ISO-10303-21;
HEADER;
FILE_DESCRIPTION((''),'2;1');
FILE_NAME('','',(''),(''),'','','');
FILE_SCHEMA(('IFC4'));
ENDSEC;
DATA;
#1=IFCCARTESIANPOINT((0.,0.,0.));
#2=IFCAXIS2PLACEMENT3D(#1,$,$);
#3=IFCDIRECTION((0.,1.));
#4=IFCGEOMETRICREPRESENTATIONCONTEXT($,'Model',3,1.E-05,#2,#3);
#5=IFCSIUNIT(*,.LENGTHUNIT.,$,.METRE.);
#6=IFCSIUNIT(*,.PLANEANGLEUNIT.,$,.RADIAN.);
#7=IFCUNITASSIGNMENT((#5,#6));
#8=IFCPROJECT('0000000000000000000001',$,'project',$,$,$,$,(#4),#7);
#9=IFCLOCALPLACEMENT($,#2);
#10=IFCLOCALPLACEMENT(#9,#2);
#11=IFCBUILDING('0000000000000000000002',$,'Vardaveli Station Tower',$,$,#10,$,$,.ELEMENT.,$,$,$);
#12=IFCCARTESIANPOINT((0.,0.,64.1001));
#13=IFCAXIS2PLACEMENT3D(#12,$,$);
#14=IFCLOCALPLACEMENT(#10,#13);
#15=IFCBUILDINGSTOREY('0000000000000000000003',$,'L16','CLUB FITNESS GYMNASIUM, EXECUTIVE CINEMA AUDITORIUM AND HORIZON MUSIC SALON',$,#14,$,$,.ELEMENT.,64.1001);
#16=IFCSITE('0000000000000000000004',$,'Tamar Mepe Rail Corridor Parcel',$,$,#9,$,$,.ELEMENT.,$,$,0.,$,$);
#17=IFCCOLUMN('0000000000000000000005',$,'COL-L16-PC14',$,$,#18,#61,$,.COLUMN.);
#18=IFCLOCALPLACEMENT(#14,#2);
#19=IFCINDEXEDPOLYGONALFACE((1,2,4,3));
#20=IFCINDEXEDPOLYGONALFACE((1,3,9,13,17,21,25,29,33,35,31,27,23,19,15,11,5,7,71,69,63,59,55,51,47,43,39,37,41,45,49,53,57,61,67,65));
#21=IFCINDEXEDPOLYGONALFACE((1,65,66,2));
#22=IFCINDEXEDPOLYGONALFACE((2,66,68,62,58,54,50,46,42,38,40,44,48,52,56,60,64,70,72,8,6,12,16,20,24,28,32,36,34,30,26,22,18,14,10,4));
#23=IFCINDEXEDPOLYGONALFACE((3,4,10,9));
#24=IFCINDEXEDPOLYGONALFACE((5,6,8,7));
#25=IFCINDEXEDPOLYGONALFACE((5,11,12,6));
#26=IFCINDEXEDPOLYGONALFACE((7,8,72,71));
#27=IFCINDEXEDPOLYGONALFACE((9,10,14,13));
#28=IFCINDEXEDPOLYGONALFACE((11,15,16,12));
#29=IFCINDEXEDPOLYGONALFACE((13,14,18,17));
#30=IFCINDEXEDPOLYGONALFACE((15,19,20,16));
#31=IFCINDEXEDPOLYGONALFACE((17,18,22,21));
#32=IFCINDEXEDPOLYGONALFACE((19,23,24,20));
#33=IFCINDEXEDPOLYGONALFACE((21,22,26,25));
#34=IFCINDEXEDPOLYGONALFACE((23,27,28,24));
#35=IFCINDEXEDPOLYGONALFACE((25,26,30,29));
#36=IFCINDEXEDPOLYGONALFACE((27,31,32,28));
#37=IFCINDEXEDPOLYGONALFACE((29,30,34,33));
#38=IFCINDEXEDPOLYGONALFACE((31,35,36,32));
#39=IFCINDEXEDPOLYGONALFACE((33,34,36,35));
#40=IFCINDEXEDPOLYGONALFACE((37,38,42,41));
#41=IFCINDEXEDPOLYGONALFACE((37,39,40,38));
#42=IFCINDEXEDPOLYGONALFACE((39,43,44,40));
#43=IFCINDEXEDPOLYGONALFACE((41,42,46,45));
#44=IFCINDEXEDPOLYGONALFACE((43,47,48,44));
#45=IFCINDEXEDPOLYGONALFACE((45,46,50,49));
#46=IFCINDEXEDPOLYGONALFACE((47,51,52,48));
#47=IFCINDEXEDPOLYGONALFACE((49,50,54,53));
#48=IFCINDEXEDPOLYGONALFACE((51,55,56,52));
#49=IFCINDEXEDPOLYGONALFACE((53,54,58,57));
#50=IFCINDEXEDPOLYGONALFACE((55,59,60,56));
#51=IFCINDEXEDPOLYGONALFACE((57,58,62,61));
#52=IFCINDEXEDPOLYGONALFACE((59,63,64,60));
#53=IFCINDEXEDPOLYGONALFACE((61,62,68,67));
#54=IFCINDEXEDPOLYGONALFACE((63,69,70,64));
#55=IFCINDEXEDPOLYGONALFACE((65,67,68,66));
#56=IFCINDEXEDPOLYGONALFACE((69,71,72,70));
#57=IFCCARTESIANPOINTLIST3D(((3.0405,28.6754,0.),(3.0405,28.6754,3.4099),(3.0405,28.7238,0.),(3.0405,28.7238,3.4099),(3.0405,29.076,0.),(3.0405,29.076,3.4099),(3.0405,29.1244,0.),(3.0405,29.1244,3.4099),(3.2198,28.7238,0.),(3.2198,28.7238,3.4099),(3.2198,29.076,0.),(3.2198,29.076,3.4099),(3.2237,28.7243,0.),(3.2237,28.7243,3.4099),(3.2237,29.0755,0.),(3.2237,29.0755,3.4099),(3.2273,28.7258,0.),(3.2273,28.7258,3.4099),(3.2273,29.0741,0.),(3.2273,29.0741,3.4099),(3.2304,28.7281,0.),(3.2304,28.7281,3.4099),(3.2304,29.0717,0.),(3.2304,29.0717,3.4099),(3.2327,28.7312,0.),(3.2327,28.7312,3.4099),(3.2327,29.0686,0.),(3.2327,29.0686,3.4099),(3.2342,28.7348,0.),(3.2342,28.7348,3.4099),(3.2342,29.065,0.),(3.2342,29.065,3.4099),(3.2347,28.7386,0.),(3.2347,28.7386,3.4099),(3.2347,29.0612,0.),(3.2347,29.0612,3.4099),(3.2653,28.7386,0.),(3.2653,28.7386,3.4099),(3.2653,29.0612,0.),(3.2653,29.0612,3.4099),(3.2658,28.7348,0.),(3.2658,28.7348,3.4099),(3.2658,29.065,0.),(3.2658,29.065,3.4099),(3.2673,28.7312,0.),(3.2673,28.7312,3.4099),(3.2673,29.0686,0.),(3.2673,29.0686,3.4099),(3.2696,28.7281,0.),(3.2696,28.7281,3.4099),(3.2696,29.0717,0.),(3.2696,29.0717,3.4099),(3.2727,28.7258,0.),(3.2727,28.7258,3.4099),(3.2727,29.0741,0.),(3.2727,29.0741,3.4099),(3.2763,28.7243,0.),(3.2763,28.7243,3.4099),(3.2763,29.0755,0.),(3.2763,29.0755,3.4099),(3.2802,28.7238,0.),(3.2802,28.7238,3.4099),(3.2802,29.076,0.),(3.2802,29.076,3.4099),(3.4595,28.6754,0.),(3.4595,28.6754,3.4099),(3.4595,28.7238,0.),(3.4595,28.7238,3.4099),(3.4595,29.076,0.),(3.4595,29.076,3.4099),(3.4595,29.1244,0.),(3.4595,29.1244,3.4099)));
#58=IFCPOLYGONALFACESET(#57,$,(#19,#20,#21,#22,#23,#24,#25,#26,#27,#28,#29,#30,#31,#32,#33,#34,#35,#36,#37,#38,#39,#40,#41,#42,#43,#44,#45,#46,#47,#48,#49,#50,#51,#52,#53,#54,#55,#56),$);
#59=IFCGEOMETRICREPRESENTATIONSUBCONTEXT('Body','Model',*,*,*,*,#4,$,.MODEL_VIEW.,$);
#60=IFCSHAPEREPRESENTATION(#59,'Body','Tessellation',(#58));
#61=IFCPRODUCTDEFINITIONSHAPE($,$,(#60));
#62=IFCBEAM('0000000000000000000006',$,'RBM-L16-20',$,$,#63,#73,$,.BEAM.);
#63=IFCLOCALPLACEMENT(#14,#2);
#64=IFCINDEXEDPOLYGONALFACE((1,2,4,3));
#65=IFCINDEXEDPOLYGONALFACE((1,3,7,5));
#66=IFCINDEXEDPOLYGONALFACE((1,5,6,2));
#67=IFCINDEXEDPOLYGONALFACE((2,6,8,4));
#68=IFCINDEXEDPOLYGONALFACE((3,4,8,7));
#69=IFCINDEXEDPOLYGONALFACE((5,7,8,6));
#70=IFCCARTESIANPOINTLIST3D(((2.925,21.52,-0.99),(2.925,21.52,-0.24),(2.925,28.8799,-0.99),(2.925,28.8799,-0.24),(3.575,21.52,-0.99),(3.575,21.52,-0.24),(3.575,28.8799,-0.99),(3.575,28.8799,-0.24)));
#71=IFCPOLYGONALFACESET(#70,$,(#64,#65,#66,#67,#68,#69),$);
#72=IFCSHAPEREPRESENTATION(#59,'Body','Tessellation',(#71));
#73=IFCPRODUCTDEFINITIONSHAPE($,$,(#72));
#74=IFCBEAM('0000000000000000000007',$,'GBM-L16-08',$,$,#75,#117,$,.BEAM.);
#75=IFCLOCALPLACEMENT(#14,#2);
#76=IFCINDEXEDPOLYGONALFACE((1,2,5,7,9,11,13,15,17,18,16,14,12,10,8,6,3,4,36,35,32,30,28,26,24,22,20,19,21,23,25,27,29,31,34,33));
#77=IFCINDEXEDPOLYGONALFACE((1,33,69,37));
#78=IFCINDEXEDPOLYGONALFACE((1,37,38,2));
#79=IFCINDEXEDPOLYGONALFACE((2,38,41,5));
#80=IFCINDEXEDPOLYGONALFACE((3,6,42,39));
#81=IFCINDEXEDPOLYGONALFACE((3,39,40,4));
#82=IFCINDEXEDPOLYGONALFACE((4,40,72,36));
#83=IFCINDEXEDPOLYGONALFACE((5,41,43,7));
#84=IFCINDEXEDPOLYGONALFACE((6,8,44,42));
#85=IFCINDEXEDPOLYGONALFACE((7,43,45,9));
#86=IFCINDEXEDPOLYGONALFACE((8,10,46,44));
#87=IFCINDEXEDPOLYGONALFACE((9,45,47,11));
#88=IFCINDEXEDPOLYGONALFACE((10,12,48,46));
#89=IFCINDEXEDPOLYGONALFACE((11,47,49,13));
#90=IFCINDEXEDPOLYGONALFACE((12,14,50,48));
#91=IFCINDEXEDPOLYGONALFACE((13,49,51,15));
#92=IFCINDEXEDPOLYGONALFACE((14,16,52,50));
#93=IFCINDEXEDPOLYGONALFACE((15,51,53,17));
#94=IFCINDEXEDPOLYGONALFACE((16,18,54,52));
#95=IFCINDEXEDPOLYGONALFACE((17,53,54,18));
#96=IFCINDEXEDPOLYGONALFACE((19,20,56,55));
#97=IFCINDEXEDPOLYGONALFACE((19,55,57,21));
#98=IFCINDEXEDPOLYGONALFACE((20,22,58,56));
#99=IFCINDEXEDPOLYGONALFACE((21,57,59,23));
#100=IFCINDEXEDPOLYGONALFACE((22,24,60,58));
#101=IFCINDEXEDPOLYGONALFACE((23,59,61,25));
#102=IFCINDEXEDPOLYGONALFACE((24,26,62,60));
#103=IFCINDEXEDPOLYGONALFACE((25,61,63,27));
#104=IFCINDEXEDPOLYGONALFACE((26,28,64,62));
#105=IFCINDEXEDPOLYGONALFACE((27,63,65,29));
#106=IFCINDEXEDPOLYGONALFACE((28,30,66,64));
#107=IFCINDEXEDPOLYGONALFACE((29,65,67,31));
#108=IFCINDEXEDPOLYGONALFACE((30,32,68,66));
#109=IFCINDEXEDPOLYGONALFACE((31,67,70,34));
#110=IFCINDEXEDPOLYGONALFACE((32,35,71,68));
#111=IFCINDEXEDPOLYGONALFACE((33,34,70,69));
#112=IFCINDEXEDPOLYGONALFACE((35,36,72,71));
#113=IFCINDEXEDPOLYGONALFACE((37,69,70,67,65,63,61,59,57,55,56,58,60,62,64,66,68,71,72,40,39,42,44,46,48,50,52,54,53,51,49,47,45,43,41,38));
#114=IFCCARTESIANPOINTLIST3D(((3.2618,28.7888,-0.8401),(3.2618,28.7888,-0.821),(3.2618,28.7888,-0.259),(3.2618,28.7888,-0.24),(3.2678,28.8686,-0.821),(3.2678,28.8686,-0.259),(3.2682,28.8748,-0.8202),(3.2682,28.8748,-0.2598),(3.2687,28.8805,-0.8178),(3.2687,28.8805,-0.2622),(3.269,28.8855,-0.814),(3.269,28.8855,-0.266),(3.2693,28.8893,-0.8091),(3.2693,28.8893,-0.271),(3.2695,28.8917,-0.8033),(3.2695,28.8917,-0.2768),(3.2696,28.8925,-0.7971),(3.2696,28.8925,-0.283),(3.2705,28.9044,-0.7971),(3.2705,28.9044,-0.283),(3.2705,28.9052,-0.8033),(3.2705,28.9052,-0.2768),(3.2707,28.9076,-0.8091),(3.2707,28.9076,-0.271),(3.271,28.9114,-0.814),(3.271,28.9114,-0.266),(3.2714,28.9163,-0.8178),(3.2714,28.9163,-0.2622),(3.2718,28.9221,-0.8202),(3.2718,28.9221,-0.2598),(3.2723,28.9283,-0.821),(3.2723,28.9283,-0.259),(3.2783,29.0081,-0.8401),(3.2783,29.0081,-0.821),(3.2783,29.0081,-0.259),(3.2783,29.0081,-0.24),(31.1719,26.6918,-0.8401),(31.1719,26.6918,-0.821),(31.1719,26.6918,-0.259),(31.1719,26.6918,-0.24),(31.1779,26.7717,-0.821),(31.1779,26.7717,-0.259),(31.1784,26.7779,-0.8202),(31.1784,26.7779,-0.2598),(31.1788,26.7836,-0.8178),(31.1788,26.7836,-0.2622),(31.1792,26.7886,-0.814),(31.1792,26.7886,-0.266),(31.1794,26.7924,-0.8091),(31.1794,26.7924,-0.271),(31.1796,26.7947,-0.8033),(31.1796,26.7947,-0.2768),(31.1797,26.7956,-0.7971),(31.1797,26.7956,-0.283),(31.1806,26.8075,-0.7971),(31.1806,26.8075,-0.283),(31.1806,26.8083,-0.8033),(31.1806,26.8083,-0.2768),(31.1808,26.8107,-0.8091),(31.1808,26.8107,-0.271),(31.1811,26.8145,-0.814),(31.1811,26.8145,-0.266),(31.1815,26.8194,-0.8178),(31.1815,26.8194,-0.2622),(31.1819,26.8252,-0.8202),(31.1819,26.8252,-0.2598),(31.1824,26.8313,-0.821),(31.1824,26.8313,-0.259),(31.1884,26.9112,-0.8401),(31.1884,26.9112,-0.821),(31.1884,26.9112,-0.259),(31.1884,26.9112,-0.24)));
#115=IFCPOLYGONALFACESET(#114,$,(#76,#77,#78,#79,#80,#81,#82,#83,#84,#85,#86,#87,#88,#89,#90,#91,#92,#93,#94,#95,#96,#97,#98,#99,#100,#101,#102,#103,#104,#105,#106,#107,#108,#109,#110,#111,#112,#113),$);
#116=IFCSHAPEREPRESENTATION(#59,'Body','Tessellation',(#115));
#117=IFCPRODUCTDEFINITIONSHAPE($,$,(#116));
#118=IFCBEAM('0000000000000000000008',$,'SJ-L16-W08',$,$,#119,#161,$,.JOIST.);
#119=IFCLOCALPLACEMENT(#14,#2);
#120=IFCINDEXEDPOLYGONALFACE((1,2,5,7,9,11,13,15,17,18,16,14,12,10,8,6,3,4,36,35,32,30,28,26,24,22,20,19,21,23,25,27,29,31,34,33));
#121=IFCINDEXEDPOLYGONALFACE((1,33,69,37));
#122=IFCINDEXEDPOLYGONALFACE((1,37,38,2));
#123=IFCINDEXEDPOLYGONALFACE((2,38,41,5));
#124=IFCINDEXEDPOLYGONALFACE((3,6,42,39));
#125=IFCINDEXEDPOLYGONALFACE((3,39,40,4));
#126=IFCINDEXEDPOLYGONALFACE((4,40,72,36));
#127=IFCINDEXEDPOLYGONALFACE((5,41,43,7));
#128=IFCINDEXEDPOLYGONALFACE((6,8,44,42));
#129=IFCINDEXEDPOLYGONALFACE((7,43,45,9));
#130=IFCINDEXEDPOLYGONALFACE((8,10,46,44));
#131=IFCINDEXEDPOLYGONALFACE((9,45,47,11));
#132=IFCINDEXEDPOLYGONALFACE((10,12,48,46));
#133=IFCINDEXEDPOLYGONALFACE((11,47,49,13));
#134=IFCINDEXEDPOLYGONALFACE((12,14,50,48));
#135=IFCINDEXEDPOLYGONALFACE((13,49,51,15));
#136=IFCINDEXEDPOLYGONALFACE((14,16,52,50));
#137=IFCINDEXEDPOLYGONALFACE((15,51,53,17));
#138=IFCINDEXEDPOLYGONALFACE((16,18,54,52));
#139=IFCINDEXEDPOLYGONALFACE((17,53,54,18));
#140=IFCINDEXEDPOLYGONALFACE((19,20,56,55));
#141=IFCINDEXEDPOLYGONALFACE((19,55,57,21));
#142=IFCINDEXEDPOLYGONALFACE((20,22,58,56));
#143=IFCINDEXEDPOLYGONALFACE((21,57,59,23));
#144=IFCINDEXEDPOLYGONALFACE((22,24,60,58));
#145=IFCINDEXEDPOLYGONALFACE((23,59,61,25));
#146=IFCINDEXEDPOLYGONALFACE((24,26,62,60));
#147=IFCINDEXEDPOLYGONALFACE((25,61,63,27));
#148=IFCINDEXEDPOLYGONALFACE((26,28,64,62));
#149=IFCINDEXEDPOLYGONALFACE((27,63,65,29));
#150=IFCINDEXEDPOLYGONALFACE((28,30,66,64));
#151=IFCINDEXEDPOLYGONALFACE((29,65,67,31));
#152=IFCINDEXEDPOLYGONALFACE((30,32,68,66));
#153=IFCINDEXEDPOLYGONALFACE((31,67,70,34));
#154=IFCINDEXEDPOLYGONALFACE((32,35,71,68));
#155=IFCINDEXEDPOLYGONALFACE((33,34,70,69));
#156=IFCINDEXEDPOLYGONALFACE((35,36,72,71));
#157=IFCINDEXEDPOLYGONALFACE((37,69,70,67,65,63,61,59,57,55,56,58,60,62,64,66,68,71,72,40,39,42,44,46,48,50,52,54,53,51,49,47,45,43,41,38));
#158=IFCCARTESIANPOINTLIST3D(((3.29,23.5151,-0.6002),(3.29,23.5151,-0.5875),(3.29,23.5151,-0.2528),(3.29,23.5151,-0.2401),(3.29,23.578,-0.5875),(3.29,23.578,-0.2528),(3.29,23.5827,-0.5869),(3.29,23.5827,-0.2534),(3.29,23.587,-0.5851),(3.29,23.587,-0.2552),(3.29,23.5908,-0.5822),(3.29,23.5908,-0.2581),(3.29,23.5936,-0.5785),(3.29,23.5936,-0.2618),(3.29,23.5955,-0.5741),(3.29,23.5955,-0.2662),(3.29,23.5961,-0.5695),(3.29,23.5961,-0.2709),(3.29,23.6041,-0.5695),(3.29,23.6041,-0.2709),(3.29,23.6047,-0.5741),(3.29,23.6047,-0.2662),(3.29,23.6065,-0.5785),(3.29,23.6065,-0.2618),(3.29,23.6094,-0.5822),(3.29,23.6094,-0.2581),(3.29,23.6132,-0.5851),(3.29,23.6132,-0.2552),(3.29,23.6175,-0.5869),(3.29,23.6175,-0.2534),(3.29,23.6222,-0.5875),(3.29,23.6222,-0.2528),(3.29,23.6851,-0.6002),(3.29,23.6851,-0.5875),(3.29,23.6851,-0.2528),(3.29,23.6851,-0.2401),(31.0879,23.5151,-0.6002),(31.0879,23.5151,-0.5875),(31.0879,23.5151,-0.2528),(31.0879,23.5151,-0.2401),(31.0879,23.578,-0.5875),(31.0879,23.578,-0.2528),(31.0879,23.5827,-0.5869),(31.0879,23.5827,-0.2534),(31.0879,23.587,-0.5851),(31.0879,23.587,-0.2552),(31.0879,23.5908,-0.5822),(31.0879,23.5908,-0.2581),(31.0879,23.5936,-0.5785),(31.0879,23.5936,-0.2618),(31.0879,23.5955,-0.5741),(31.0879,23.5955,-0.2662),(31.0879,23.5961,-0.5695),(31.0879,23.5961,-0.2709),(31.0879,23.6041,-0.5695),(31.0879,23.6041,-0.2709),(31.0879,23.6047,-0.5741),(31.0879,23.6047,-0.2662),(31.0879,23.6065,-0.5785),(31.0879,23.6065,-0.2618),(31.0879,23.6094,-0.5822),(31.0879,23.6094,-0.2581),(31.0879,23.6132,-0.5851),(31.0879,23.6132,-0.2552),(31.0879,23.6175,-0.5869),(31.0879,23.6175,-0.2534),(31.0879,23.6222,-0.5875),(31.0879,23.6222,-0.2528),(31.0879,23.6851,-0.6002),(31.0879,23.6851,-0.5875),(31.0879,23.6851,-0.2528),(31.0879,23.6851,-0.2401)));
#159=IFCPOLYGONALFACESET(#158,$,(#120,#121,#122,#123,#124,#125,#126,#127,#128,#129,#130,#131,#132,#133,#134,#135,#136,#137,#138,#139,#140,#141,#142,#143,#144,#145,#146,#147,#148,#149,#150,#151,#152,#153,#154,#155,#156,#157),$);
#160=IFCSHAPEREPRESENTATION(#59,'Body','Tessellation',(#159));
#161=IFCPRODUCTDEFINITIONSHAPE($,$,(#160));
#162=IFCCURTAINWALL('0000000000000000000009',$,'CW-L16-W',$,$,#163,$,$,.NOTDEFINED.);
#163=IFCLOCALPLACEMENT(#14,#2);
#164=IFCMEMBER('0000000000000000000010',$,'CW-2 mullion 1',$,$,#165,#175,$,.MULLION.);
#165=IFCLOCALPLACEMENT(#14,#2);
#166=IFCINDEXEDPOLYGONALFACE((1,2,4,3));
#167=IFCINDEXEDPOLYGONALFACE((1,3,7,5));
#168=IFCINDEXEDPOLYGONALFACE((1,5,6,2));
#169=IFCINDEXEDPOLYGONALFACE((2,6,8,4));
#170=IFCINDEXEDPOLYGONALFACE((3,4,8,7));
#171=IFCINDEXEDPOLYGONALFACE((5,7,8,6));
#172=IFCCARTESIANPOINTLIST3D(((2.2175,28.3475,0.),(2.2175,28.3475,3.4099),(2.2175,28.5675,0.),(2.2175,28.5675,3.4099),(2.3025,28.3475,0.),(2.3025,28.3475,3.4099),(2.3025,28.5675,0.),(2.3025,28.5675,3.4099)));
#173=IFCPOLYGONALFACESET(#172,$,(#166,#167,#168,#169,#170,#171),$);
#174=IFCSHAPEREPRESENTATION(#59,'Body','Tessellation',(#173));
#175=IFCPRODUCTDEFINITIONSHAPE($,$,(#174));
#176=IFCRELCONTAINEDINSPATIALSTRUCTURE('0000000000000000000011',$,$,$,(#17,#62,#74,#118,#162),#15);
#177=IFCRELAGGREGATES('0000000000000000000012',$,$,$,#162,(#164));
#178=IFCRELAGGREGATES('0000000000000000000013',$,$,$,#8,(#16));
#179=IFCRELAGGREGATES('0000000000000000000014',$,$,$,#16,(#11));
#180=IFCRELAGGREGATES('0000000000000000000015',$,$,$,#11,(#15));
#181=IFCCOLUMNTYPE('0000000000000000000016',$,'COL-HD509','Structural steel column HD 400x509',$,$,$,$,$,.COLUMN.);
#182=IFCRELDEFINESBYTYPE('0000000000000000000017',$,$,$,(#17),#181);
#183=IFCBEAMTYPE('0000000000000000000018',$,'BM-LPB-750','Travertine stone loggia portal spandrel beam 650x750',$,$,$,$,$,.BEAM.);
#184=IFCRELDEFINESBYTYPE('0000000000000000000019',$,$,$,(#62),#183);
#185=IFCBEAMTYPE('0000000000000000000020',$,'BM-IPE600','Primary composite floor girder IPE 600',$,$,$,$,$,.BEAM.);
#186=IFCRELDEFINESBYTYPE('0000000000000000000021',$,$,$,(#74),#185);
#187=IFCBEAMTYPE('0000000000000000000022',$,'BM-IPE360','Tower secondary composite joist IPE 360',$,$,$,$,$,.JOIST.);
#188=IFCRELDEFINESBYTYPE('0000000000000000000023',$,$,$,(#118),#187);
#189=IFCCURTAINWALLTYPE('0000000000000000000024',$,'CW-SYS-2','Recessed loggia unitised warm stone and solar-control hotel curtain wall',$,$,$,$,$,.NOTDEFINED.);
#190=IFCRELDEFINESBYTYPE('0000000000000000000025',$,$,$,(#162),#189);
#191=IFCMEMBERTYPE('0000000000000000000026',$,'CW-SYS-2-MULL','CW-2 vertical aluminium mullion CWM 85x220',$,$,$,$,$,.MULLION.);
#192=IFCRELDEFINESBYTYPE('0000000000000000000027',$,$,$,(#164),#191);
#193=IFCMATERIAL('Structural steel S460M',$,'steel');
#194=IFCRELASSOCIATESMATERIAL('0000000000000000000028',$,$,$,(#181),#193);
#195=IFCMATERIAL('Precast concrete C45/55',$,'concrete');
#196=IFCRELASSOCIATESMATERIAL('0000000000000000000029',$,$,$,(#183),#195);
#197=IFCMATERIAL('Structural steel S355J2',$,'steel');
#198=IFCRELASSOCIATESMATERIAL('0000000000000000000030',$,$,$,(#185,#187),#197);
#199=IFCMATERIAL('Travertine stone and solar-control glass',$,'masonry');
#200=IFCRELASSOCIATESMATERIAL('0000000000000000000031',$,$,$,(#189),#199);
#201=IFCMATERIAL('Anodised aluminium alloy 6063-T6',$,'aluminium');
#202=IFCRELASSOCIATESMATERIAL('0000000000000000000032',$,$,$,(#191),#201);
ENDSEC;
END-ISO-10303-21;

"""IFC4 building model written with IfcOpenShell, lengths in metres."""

from ifc_helpers import new_model, si_unit, direction, frame, origin, origin_2d, place, context, subcontext, project, spatial, rectangle, i_section, extrude, source, transform, mapped, material, material_profile, profile_set, type_object, element, aggregate, save


model = new_model("IFC4")

# Units and contexts
model_context = context("Model", 3, precision=1e-05, world=origin(), true_north=direction((0.0, 1.0)))
body_context = subcontext(model_context, "Body", "Model", "MODEL_VIEW")
ifc_project = project(units=[si_unit("LENGTHUNIT", "METRE"), si_unit("PLANEANGLEUNIT", "RADIAN")], contexts=[model_context])

# Site, building, storey
site_placement = place(None, origin())
site = spatial("IfcSite", under=ifc_project, at=site_placement, Name="Tamar Mepe Rail Corridor Parcel", CompositionType="ELEMENT", RefElevation=0.0)
building_placement = place(site_placement, origin())
building = spatial("IfcBuilding", under=site, at=building_placement, Name="Vardaveli Station Tower", CompositionType="ELEMENT")
storey_placement = place(building_placement, frame((0.0, 0.0, 64.1001)))
storey = spatial("IfcBuildingStorey", under=building, at=storey_placement, Name="L16", Description="CLUB FITNESS GYMNASIUM, EXECUTIVE CINEMA AUDITORIUM AND HORIZON MUSIC SALON", CompositionType="ELEMENT", Elevation=64.1001)

# Column
ifc_material_1 = material(Name="Structural steel S460M", Category="steel")
ifc_material_profile_1 = material_profile(ifc_material_1, i_section(OverallWidth=0.4189, OverallDepth=0.449, WebThickness=0.0305, FlangeThickness=0.0483, FilletRadius=0.0149, at=origin_2d()), Name="HD 400x509")
ifc_profile_set_1 = profile_set([ifc_material_profile_1], Name="Structural steel S460M")
column_type = type_object("IfcColumnType", Name="COL-HD509", Description="Structural steel column HD 400x509", PredefinedType="COLUMN", material=ifc_profile_set_1)
shared_shape_1 = source(origin(), body_context, "Body", "SweptSolid", [
    extrude(i_section(OverallWidth=0.4189, OverallDepth=0.449, WebThickness=0.0305, FlangeThickness=0.0483, FilletRadius=0.0149, at=origin_2d()), origin(), (0.0, 0.0, 1.0), 3.4099),
])
column_placement = place(storey_placement, frame((3.25, 28.8999, 0.0), z_axis=(0.0, 0.0, 1.0), x_axis=(1.0, 0.0, 0.0)))
element("IfcColumn", 1, at=column_placement, inside=storey, type_object=column_type, Name="COL-L16-PC14", PredefinedType="COLUMN", context=body_context, shape_type="MappedRepresentation", body=[
    mapped(shared_shape_1, transform((0.0, 0.0, 0.0), scale=1.0)),
])

# Beams
ifc_material_2 = material(Name="Precast concrete C45/55", Category="concrete")
ifc_material_profile_2 = material_profile(ifc_material_2, rectangle(XDim=0.6499, YDim=0.75, at=origin_2d()), Name="LPB 650x750")
ifc_profile_set_2 = profile_set([ifc_material_profile_2], Name="Precast concrete C45/55")
beam_type_1 = type_object("IfcBeamType", Name="BM-LPB-750", Description="Travertine stone loggia portal spandrel beam 650x750", PredefinedType="BEAM", material=ifc_profile_set_2)
shared_shape_2 = source(origin(), body_context, "Body", "SweptSolid", [
    extrude(rectangle(XDim=0.6499, YDim=0.75, at=origin_2d()), origin(), (0.0, 0.0, 1.0), 7.3599),
])
beam_1_placement = place(storey_placement, frame((3.25, 28.8799, -0.615), z_axis=(0.0, -1.0, 0.0), x_axis=(1.0, 0.0, 0.0)))
element("IfcBeam", 2, at=beam_1_placement, inside=storey, type_object=beam_type_1, Name="RBM-L16-20", PredefinedType="BEAM", context=body_context, shape_type="MappedRepresentation", body=[
    mapped(shared_shape_2, transform((0.0, 0.0, 0.0), scale=1.0)),
])
ifc_material_3 = material(Name="Structural steel S355J2", Category="steel")
ifc_material_profile_3 = material_profile(ifc_material_3, i_section(OverallWidth=0.22, OverallDepth=0.6001, WebThickness=0.012, FlangeThickness=0.019, FilletRadius=0.0239, at=origin_2d()), Name="IPE 600")
ifc_profile_set_3 = profile_set([ifc_material_profile_3], Name="Structural steel S355J2")
beam_type_2 = type_object("IfcBeamType", Name="BM-IPE600", Description="Primary composite floor girder IPE 600", PredefinedType="BEAM", material=ifc_profile_set_3)
shared_shape_3 = source(origin(), body_context, "Body", "SweptSolid", [
    extrude(i_section(OverallWidth=0.22, OverallDepth=0.6001, WebThickness=0.012, FlangeThickness=0.019, FilletRadius=0.0239, at=origin_2d()), origin(), (0.0, 0.0, 1.0), 27.9888),
])
beam_2_placement = place(storey_placement, frame((3.27, 28.8984, -0.54), z_axis=(0.99719, -0.07492, 0.0), x_axis=(0.07492, 0.99719, 0.0)))
element("IfcBeam", 3, at=beam_2_placement, inside=storey, type_object=beam_type_2, Name="GBM-L16-08", PredefinedType="BEAM", context=body_context, shape_type="MappedRepresentation", body=[
    mapped(shared_shape_3, transform((0.0, 0.0, 0.0), scale=1.0)),
])
ifc_material_profile_4 = material_profile(ifc_material_3, i_section(OverallWidth=0.1699, OverallDepth=0.3601, WebThickness=0.0081, FlangeThickness=0.0127, FilletRadius=0.0181, at=origin_2d()), Name="IPE 360")
ifc_profile_set_4 = profile_set([ifc_material_profile_4], Name="Structural steel S355J2")
beam_type_3 = type_object("IfcBeamType", Name="BM-IPE360", Description="Tower secondary composite joist IPE 360", PredefinedType="JOIST", material=ifc_profile_set_4)
shared_shape_4 = source(origin(), body_context, "Body", "SweptSolid", [
    extrude(i_section(OverallWidth=0.1699, OverallDepth=0.3601, WebThickness=0.0081, FlangeThickness=0.0127, FilletRadius=0.0181, at=origin_2d()), origin(), (0.0, 0.0, 1.0), 27.7979),
])
beam_3_placement = place(storey_placement, frame((3.29, 23.6001, -0.4202), z_axis=(1.0, 0.0, 0.0), x_axis=(0.0, 1.0, 0.0)))
element("IfcBeam", 4, at=beam_3_placement, inside=storey, type_object=beam_type_3, Name="SJ-L16-W08", PredefinedType="JOIST", context=body_context, shape_type="MappedRepresentation", body=[
    mapped(shared_shape_4, transform((0.0, 0.0, 0.0), scale=1.0)),
])

# Curtain wall, member
ifc_material_4 = material(Name="Travertine stone and solar-control glass", Category="masonry")
curtain_wall_type = type_object("IfcCurtainWallType", Name="CW-SYS-2", Description="Recessed loggia unitised warm stone and solar-control hotel curtain wall", PredefinedType="NOTDEFINED", material=ifc_material_4)
curtain_wall_placement = place(storey_placement, origin())
curtain_wall = element("IfcCurtainWall", 5, at=curtain_wall_placement, inside=storey, type_object=curtain_wall_type, Name="CW-L16-W", PredefinedType="NOTDEFINED")
ifc_material_5 = material(Name="Anodised aluminium alloy 6063-T6", Category="aluminium")
ifc_material_profile_5 = material_profile(ifc_material_5, rectangle(XDim=0.085, YDim=0.22, at=origin_2d()), Name="CWM 85x220")
ifc_profile_set_5 = profile_set([ifc_material_profile_5], Name="Anodised aluminium alloy 6063-T6")
member_type_1 = type_object("IfcMemberType", Name="CW-SYS-2-MULL", Description="CW-2 vertical aluminium mullion CWM 85x220", PredefinedType="MULLION", material=ifc_profile_set_5)
shared_shape_5 = source(origin(), body_context, "Body", "SweptSolid", [
    extrude(rectangle(XDim=0.085, YDim=0.22, at=origin_2d()), origin(), (0.0, 0.0, 1.0), 3.4099),
])
member_1_placement = place(storey_placement, frame((2.26, 28.4575, 0.0), z_axis=(0.0, 0.0, 1.0), x_axis=(1.0, 0.0, 0.0)))
member_1 = element("IfcMember", 6, at=member_1_placement, type_object=member_type_1, Name="CW-2 mullion 1", PredefinedType="MULLION", context=body_context, shape_type="MappedRepresentation", body=[
    mapped(shared_shape_5, transform((0.0, 0.0, 0.0), scale=1.0)),
])
aggregate(curtain_wall, [member_1])

save(model, "model.ifc")
